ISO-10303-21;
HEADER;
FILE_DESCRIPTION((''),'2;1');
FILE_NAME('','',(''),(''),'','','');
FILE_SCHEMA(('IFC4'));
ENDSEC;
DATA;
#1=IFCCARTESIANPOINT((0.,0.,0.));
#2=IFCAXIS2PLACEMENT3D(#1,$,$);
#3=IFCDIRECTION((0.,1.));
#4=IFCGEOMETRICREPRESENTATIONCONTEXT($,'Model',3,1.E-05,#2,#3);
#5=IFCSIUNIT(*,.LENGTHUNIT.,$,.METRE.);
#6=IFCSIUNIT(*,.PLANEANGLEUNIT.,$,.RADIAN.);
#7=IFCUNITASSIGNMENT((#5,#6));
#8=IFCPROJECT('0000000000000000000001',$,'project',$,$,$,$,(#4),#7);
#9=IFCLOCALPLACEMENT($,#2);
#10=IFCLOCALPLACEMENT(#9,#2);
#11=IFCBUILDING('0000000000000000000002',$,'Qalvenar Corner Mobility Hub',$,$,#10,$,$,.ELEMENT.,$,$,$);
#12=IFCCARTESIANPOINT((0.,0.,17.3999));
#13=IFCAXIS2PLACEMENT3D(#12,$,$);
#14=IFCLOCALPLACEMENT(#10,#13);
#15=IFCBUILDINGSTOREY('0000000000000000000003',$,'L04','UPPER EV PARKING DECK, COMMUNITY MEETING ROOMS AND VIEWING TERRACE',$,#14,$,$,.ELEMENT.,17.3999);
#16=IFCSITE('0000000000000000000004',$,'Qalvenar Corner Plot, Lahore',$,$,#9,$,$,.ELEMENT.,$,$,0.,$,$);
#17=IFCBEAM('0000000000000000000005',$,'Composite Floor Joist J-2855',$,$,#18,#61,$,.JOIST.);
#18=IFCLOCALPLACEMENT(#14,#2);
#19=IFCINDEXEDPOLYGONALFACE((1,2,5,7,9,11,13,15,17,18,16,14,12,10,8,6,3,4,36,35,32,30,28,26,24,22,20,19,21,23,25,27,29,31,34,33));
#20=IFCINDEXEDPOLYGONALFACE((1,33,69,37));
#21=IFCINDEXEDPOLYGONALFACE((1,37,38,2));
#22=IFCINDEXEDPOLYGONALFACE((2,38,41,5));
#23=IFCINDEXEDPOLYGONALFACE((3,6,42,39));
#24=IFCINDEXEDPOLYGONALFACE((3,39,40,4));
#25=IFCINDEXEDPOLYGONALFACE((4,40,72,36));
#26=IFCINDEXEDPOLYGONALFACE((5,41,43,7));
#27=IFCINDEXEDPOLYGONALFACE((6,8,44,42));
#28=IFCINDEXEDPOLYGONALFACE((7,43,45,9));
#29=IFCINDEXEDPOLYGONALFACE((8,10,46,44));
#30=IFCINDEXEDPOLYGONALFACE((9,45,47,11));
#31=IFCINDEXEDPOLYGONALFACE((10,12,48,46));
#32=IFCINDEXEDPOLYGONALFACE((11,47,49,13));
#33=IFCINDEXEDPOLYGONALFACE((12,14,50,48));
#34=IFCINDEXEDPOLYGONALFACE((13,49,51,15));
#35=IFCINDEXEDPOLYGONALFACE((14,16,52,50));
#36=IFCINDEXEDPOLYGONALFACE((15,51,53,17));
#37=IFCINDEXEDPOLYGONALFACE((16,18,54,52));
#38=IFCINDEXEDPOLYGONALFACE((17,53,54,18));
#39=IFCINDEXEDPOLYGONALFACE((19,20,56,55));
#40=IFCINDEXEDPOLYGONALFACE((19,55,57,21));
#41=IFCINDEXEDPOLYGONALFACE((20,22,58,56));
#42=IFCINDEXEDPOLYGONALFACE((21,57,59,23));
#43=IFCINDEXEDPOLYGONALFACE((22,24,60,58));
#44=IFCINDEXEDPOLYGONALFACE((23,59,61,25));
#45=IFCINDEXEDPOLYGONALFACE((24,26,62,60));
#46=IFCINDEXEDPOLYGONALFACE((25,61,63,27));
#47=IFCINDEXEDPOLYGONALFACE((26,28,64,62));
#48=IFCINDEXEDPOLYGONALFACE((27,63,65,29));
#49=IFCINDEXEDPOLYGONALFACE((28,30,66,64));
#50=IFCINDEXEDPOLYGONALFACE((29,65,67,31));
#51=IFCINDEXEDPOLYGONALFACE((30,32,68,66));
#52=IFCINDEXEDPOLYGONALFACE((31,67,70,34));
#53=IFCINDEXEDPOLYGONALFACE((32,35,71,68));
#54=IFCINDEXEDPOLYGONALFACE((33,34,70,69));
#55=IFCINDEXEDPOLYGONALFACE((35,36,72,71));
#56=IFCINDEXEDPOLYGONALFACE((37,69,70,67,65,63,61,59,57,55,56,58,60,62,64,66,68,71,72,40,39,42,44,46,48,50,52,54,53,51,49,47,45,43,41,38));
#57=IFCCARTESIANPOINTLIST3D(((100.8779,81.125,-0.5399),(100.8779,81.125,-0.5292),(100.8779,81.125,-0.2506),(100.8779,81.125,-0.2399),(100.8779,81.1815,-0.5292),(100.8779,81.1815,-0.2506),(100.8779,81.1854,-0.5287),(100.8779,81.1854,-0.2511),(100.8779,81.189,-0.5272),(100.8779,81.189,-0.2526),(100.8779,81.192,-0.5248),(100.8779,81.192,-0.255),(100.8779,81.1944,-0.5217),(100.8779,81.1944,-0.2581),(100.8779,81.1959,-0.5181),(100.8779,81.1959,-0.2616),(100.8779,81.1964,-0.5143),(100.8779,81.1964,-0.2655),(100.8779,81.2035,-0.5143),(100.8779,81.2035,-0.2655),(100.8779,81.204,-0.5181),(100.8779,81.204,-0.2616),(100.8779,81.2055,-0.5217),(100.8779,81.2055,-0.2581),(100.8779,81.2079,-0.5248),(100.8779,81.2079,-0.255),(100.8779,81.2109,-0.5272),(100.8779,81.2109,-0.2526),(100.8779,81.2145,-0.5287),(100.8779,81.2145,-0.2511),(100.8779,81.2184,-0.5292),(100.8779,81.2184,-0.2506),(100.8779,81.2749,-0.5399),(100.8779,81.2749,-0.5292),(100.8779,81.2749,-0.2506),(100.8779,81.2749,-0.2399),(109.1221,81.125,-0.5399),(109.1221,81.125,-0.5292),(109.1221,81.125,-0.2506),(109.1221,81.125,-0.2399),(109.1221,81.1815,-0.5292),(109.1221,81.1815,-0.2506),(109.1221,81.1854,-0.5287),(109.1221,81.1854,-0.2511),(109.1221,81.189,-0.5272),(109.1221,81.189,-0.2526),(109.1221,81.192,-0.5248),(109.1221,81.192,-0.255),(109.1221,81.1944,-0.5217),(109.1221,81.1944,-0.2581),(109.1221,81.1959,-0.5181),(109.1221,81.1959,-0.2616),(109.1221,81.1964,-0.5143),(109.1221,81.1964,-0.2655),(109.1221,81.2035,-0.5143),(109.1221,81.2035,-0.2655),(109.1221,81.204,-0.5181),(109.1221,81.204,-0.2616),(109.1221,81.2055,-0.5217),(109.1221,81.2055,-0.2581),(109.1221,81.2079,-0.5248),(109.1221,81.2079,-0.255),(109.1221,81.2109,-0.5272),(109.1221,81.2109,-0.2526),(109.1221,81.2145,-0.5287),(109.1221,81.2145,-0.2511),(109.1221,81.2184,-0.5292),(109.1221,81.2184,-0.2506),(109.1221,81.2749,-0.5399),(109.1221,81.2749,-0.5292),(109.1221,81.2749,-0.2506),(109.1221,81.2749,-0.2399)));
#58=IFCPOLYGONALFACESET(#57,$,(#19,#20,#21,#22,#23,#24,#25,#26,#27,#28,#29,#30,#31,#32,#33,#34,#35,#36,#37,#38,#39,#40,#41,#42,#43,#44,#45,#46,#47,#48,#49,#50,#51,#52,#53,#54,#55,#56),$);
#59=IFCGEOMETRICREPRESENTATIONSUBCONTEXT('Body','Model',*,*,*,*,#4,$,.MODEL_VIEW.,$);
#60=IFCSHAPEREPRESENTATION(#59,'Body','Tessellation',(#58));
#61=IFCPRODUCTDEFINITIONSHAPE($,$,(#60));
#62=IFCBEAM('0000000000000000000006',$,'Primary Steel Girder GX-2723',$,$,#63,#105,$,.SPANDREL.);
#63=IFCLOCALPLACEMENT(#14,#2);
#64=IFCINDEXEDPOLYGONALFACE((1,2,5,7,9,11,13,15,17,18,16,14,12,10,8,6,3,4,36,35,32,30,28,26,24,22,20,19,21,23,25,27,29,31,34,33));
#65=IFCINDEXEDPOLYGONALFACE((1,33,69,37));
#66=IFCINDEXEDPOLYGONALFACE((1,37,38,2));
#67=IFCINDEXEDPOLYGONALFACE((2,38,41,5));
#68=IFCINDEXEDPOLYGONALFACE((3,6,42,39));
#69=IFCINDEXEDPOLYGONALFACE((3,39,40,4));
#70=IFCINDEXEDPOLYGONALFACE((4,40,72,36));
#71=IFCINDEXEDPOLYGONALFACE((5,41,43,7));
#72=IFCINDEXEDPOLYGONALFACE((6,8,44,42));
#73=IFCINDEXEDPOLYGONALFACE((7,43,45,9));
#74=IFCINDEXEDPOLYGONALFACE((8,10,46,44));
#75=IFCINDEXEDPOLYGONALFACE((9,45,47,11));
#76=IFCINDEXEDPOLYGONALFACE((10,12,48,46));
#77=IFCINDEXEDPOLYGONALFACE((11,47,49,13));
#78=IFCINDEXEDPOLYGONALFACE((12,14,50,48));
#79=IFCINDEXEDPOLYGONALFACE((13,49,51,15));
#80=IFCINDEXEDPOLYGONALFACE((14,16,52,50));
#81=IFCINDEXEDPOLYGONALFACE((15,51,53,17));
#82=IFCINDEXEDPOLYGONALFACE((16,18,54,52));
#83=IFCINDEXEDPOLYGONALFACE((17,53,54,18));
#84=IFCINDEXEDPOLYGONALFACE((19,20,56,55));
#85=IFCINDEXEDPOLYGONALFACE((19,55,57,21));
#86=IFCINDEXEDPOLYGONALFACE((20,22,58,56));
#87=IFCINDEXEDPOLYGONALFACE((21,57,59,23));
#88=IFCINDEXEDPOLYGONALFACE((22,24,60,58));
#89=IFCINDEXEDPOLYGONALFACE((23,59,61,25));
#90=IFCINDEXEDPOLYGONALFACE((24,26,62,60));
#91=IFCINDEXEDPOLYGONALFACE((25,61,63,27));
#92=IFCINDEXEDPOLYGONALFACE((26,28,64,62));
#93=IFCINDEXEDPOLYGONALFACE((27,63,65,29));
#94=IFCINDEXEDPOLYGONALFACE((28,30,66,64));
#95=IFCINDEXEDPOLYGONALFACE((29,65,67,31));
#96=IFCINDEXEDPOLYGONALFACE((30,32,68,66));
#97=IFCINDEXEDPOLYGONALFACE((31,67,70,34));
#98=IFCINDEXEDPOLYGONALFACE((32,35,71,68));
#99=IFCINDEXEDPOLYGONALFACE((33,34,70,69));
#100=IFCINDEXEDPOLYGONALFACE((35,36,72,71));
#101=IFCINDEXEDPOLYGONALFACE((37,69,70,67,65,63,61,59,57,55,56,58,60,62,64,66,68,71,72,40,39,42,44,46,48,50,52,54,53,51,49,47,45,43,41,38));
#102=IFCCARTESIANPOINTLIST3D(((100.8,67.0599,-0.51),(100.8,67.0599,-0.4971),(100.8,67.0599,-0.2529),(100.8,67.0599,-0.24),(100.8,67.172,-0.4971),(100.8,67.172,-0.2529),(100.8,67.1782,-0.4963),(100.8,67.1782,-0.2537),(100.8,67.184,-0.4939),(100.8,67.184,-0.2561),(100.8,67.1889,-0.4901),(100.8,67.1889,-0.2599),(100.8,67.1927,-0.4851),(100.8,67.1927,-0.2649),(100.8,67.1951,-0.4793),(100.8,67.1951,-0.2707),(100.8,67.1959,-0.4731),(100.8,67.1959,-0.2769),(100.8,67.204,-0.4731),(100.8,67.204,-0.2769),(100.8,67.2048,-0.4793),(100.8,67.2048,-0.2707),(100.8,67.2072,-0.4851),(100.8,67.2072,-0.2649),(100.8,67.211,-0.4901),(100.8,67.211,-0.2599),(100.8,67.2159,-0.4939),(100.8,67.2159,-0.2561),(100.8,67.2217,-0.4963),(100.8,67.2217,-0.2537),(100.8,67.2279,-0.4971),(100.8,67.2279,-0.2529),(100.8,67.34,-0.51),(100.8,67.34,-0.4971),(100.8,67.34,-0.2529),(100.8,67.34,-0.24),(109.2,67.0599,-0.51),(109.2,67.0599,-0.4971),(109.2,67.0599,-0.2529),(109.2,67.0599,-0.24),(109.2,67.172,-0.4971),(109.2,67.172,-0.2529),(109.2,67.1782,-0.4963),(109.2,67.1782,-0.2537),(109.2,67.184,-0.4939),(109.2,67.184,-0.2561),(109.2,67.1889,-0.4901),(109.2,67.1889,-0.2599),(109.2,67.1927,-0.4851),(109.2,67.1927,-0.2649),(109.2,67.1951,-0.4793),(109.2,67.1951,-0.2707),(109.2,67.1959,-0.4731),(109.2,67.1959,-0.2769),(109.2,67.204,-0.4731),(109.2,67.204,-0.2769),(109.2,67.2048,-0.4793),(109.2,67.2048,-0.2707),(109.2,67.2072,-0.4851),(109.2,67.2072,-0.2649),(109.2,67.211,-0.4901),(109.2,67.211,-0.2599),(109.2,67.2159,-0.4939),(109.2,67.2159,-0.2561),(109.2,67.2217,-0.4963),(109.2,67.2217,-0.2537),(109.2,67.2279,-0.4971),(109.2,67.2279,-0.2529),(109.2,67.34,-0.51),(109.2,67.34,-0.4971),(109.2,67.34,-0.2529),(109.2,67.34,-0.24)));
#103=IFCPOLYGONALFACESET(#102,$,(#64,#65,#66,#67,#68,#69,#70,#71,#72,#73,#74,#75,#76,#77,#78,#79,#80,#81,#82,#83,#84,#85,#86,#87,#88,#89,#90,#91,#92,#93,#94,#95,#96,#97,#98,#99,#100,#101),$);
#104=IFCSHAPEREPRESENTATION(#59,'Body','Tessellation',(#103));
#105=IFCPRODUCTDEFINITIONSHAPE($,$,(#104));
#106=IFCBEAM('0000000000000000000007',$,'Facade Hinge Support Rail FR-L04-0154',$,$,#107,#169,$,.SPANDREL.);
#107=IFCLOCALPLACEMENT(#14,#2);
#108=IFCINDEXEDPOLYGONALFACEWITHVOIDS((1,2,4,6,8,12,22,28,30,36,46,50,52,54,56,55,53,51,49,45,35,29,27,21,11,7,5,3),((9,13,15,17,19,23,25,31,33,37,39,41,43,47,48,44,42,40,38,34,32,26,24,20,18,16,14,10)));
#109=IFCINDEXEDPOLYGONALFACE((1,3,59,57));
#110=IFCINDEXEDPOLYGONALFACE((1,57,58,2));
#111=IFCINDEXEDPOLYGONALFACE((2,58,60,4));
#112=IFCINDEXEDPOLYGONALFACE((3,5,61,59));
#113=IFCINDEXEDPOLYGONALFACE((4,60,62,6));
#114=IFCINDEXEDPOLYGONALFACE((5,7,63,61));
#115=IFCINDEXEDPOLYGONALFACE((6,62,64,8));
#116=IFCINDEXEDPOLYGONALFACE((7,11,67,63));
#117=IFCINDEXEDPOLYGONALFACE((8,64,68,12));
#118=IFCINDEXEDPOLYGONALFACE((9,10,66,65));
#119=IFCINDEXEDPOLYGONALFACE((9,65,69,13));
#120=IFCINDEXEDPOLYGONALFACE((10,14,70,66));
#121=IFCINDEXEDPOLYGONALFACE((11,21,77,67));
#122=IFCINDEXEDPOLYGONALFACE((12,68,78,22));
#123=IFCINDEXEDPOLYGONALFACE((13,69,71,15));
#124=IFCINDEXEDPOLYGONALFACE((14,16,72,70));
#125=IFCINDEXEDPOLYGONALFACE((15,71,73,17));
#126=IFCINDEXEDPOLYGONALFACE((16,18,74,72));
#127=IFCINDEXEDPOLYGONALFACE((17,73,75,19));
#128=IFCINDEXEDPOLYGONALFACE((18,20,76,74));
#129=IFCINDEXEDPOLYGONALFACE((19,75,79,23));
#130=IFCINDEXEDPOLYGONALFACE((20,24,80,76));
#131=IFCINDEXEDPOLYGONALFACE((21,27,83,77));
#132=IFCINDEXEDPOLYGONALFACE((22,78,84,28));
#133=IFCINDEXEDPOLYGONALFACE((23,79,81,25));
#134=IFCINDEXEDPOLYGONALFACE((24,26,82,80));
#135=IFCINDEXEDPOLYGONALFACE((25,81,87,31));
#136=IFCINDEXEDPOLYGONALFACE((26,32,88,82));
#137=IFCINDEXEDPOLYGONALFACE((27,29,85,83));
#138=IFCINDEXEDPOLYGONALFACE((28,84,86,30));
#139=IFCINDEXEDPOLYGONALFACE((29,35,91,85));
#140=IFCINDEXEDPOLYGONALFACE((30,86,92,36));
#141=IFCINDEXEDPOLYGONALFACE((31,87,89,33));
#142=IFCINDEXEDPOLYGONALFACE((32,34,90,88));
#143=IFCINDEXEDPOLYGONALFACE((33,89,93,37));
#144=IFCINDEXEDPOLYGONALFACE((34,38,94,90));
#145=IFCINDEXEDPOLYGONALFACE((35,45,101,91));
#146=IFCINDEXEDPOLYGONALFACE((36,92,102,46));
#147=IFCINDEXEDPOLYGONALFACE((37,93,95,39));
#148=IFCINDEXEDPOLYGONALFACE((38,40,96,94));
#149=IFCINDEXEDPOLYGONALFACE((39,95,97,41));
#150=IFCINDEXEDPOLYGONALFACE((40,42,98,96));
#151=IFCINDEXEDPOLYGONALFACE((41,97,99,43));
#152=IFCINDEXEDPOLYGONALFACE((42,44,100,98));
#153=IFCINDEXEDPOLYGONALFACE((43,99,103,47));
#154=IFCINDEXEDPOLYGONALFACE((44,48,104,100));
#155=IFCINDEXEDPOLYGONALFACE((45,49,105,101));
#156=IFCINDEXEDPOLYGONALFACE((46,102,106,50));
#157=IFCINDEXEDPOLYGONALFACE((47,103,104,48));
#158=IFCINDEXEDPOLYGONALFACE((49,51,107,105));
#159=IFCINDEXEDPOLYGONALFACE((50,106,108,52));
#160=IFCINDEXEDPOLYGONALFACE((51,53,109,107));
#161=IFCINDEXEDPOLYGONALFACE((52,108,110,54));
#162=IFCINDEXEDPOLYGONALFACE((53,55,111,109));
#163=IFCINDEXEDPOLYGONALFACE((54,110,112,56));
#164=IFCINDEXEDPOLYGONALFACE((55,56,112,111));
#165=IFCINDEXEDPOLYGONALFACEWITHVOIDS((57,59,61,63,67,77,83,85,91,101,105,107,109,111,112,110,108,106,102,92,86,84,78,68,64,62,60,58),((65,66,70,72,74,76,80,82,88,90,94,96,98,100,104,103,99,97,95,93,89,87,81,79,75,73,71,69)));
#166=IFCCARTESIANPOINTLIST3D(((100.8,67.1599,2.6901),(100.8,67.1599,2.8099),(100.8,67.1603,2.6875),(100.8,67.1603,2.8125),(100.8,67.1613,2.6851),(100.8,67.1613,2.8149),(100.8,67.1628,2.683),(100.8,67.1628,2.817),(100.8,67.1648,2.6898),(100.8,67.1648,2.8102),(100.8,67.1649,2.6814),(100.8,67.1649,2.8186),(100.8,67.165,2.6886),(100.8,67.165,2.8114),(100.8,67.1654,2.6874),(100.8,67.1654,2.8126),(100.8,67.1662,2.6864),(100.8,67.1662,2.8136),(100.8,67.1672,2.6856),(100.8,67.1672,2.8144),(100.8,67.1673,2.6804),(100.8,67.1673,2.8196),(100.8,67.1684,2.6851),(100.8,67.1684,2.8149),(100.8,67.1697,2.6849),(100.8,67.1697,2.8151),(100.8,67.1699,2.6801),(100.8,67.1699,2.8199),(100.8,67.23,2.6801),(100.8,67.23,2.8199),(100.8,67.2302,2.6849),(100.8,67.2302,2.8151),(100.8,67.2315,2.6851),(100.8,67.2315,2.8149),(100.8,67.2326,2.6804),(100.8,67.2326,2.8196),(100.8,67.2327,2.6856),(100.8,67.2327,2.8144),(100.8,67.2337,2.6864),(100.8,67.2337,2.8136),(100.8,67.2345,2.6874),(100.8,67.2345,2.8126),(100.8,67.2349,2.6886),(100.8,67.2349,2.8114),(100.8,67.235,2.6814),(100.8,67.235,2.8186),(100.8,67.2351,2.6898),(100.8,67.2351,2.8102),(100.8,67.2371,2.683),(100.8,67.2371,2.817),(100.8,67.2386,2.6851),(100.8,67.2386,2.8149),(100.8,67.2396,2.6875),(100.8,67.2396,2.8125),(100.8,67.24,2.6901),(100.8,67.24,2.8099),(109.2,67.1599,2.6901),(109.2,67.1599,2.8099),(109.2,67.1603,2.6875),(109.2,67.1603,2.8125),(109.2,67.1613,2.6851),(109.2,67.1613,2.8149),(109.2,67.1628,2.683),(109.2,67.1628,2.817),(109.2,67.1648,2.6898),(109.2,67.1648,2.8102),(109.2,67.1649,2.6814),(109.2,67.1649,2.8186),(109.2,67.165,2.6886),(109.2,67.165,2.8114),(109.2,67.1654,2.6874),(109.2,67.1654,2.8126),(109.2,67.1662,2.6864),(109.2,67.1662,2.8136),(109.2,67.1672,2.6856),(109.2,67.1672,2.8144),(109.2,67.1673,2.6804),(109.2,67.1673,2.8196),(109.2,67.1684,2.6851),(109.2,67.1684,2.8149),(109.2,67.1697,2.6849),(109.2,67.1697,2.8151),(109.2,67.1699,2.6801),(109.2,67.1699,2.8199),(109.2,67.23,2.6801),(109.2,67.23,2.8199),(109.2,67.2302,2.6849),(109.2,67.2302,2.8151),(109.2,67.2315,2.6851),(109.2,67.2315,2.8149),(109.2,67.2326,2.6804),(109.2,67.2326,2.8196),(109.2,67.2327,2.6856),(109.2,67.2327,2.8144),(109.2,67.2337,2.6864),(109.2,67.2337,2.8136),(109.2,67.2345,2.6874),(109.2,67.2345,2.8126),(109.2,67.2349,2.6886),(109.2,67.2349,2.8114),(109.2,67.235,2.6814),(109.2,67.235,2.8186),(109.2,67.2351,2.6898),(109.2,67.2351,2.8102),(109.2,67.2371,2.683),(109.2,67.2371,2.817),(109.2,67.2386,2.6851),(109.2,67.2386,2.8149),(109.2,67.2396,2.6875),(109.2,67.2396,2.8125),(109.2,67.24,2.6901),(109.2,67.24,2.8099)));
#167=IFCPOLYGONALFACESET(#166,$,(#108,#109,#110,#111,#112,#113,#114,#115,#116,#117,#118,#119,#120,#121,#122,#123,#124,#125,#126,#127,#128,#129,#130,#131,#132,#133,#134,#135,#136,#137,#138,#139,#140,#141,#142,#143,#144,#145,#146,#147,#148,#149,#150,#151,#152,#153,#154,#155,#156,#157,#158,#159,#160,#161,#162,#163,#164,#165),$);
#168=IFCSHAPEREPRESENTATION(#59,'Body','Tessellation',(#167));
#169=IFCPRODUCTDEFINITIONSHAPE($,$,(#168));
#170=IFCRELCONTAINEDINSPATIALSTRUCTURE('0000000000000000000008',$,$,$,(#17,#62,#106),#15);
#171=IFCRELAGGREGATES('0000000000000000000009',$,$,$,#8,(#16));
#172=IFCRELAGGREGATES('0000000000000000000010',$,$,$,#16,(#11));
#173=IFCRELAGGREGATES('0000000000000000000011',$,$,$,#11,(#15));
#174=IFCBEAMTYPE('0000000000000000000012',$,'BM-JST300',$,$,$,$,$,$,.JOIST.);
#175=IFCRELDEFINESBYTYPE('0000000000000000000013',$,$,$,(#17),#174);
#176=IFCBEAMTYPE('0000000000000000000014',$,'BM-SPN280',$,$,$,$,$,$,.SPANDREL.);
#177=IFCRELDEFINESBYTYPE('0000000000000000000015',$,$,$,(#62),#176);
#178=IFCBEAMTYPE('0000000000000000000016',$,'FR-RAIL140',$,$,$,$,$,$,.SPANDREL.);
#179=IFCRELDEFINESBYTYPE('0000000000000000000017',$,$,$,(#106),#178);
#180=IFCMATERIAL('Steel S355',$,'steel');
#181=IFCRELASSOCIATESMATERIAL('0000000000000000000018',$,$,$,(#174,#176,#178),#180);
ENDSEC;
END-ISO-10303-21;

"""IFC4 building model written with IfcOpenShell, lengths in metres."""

from ifc_helpers import new_model, si_unit, direction, frame, origin, origin_2d, place, context, subcontext, project, spatial, hollow_rectangle, i_section, extrude, material, material_profile, profile_set, type_object, element, save


model = new_model("IFC4")

# Units and contexts
model_context = context("Model", 3, precision=1e-05, world=origin(), true_north=direction((0.0, 1.0)))
body_context = subcontext(model_context, "Body", "Model", "MODEL_VIEW")
ifc_project = project(units=[si_unit("LENGTHUNIT", "METRE"), si_unit("PLANEANGLEUNIT", "RADIAN")], contexts=[model_context])

# Site, building, storey
site_placement = place(None, origin())
site = spatial("IfcSite", under=ifc_project, at=site_placement, Name="Qalvenar Corner Plot, Lahore", CompositionType="ELEMENT", RefElevation=0.0)
building_placement = place(site_placement, origin())
building = spatial("IfcBuilding", under=site, at=building_placement, Name="Qalvenar Corner Mobility Hub", CompositionType="ELEMENT")
storey_placement = place(building_placement, frame((0.0, 0.0, 17.3999)))
storey = spatial("IfcBuildingStorey", under=building, at=storey_placement, Name="L04", Description="UPPER EV PARKING DECK, COMMUNITY MEETING ROOMS AND VIEWING TERRACE", CompositionType="ELEMENT", Elevation=17.3999)

# Shared definitions
ifc_material_1 = material(Name="Steel S355", Category="steel")

# Beams
ifc_material_profile_1 = material_profile(ifc_material_1, i_section(OverallWidth=0.1499, OverallDepth=0.3, WebThickness=0.0071, FlangeThickness=0.0107, FilletRadius=0.0149, at=origin_2d()), Name="IPE300")
ifc_profile_set_1 = profile_set([ifc_material_profile_1], Name="Steel S355")
beam_type_1 = type_object("IfcBeamType", Name="BM-JST300", PredefinedType="JOIST", material=ifc_profile_set_1)
for number, where, z_axis, x_axis, name in (
    (1, (100.8779, 81.2, -0.3899), (1.0, 0.0, 0.0), (0.0, 1.0, 0.0), "Composite Floor Joist J-2855"),
):
    element("IfcBeam", number, at=place(storey_placement, frame(where, z_axis=z_axis, x_axis=x_axis)), inside=storey, type_object=beam_type_1, Name=name, PredefinedType="JOIST", context=body_context, shape_type="SweptSolid", body=[
        extrude(i_section(OverallWidth=0.1499, OverallDepth=0.3, WebThickness=0.0071, FlangeThickness=0.0107, FilletRadius=0.0149, at=origin_2d()), origin(), (0.0, 0.0, 1.0), 8.2441),
    ])
ifc_material_profile_2 = material_profile(ifc_material_1, i_section(OverallWidth=0.28, OverallDepth=0.27, WebThickness=0.0081, FlangeThickness=0.0129, FilletRadius=0.0239, at=origin_2d()), Name="HEA280")
ifc_profile_set_2 = profile_set([ifc_material_profile_2], Name="Steel S355")
beam_type_2 = type_object("IfcBeamType", Name="BM-SPN280", PredefinedType="SPANDREL", material=ifc_profile_set_2)
beam_1_placement = place(storey_placement, frame((100.8, 67.2, -0.375), z_axis=(1.0, 0.0, 0.0), x_axis=(0.0, 1.0, 0.0)))
element("IfcBeam", 2, at=beam_1_placement, inside=storey, type_object=beam_type_2, Name="Primary Steel Girder GX-2723", PredefinedType="SPANDREL", context=body_context, shape_type="SweptSolid", body=[
    extrude(i_section(OverallWidth=0.28, OverallDepth=0.27, WebThickness=0.0081, FlangeThickness=0.0129, FilletRadius=0.0239, at=origin_2d()), origin(), (0.0, 0.0, 1.0), 8.3999),
])
ifc_material_profile_3 = material_profile(ifc_material_1, hollow_rectangle(XDim=0.0801, YDim=0.1399, WallThickness=0.0049, InnerFilletRadius=0.0049, OuterFilletRadius=0.01, at=origin_2d()), Name="RHS140x80x5")
ifc_profile_set_3 = profile_set([ifc_material_profile_3], Name="Steel S355")
beam_type_3 = type_object("IfcBeamType", Name="FR-RAIL140", PredefinedType="SPANDREL", material=ifc_profile_set_3)
beam_2_placement = place(storey_placement, frame((100.8, 67.2, 2.75), z_axis=(1.0, 0.0, 0.0), x_axis=(0.0, 1.0, 0.0)))
element("IfcBeam", 3, at=beam_2_placement, inside=storey, type_object=beam_type_3, Name="Facade Hinge Support Rail FR-L04-0154", PredefinedType="SPANDREL", context=body_context, shape_type="SweptSolid", body=[
    extrude(hollow_rectangle(XDim=0.0801, YDim=0.1399, WallThickness=0.0049, InnerFilletRadius=0.0049, OuterFilletRadius=0.01, at=origin_2d()), origin(), (0.0, 0.0, 1.0), 8.3999),
])

save(model, "model.ifc")
